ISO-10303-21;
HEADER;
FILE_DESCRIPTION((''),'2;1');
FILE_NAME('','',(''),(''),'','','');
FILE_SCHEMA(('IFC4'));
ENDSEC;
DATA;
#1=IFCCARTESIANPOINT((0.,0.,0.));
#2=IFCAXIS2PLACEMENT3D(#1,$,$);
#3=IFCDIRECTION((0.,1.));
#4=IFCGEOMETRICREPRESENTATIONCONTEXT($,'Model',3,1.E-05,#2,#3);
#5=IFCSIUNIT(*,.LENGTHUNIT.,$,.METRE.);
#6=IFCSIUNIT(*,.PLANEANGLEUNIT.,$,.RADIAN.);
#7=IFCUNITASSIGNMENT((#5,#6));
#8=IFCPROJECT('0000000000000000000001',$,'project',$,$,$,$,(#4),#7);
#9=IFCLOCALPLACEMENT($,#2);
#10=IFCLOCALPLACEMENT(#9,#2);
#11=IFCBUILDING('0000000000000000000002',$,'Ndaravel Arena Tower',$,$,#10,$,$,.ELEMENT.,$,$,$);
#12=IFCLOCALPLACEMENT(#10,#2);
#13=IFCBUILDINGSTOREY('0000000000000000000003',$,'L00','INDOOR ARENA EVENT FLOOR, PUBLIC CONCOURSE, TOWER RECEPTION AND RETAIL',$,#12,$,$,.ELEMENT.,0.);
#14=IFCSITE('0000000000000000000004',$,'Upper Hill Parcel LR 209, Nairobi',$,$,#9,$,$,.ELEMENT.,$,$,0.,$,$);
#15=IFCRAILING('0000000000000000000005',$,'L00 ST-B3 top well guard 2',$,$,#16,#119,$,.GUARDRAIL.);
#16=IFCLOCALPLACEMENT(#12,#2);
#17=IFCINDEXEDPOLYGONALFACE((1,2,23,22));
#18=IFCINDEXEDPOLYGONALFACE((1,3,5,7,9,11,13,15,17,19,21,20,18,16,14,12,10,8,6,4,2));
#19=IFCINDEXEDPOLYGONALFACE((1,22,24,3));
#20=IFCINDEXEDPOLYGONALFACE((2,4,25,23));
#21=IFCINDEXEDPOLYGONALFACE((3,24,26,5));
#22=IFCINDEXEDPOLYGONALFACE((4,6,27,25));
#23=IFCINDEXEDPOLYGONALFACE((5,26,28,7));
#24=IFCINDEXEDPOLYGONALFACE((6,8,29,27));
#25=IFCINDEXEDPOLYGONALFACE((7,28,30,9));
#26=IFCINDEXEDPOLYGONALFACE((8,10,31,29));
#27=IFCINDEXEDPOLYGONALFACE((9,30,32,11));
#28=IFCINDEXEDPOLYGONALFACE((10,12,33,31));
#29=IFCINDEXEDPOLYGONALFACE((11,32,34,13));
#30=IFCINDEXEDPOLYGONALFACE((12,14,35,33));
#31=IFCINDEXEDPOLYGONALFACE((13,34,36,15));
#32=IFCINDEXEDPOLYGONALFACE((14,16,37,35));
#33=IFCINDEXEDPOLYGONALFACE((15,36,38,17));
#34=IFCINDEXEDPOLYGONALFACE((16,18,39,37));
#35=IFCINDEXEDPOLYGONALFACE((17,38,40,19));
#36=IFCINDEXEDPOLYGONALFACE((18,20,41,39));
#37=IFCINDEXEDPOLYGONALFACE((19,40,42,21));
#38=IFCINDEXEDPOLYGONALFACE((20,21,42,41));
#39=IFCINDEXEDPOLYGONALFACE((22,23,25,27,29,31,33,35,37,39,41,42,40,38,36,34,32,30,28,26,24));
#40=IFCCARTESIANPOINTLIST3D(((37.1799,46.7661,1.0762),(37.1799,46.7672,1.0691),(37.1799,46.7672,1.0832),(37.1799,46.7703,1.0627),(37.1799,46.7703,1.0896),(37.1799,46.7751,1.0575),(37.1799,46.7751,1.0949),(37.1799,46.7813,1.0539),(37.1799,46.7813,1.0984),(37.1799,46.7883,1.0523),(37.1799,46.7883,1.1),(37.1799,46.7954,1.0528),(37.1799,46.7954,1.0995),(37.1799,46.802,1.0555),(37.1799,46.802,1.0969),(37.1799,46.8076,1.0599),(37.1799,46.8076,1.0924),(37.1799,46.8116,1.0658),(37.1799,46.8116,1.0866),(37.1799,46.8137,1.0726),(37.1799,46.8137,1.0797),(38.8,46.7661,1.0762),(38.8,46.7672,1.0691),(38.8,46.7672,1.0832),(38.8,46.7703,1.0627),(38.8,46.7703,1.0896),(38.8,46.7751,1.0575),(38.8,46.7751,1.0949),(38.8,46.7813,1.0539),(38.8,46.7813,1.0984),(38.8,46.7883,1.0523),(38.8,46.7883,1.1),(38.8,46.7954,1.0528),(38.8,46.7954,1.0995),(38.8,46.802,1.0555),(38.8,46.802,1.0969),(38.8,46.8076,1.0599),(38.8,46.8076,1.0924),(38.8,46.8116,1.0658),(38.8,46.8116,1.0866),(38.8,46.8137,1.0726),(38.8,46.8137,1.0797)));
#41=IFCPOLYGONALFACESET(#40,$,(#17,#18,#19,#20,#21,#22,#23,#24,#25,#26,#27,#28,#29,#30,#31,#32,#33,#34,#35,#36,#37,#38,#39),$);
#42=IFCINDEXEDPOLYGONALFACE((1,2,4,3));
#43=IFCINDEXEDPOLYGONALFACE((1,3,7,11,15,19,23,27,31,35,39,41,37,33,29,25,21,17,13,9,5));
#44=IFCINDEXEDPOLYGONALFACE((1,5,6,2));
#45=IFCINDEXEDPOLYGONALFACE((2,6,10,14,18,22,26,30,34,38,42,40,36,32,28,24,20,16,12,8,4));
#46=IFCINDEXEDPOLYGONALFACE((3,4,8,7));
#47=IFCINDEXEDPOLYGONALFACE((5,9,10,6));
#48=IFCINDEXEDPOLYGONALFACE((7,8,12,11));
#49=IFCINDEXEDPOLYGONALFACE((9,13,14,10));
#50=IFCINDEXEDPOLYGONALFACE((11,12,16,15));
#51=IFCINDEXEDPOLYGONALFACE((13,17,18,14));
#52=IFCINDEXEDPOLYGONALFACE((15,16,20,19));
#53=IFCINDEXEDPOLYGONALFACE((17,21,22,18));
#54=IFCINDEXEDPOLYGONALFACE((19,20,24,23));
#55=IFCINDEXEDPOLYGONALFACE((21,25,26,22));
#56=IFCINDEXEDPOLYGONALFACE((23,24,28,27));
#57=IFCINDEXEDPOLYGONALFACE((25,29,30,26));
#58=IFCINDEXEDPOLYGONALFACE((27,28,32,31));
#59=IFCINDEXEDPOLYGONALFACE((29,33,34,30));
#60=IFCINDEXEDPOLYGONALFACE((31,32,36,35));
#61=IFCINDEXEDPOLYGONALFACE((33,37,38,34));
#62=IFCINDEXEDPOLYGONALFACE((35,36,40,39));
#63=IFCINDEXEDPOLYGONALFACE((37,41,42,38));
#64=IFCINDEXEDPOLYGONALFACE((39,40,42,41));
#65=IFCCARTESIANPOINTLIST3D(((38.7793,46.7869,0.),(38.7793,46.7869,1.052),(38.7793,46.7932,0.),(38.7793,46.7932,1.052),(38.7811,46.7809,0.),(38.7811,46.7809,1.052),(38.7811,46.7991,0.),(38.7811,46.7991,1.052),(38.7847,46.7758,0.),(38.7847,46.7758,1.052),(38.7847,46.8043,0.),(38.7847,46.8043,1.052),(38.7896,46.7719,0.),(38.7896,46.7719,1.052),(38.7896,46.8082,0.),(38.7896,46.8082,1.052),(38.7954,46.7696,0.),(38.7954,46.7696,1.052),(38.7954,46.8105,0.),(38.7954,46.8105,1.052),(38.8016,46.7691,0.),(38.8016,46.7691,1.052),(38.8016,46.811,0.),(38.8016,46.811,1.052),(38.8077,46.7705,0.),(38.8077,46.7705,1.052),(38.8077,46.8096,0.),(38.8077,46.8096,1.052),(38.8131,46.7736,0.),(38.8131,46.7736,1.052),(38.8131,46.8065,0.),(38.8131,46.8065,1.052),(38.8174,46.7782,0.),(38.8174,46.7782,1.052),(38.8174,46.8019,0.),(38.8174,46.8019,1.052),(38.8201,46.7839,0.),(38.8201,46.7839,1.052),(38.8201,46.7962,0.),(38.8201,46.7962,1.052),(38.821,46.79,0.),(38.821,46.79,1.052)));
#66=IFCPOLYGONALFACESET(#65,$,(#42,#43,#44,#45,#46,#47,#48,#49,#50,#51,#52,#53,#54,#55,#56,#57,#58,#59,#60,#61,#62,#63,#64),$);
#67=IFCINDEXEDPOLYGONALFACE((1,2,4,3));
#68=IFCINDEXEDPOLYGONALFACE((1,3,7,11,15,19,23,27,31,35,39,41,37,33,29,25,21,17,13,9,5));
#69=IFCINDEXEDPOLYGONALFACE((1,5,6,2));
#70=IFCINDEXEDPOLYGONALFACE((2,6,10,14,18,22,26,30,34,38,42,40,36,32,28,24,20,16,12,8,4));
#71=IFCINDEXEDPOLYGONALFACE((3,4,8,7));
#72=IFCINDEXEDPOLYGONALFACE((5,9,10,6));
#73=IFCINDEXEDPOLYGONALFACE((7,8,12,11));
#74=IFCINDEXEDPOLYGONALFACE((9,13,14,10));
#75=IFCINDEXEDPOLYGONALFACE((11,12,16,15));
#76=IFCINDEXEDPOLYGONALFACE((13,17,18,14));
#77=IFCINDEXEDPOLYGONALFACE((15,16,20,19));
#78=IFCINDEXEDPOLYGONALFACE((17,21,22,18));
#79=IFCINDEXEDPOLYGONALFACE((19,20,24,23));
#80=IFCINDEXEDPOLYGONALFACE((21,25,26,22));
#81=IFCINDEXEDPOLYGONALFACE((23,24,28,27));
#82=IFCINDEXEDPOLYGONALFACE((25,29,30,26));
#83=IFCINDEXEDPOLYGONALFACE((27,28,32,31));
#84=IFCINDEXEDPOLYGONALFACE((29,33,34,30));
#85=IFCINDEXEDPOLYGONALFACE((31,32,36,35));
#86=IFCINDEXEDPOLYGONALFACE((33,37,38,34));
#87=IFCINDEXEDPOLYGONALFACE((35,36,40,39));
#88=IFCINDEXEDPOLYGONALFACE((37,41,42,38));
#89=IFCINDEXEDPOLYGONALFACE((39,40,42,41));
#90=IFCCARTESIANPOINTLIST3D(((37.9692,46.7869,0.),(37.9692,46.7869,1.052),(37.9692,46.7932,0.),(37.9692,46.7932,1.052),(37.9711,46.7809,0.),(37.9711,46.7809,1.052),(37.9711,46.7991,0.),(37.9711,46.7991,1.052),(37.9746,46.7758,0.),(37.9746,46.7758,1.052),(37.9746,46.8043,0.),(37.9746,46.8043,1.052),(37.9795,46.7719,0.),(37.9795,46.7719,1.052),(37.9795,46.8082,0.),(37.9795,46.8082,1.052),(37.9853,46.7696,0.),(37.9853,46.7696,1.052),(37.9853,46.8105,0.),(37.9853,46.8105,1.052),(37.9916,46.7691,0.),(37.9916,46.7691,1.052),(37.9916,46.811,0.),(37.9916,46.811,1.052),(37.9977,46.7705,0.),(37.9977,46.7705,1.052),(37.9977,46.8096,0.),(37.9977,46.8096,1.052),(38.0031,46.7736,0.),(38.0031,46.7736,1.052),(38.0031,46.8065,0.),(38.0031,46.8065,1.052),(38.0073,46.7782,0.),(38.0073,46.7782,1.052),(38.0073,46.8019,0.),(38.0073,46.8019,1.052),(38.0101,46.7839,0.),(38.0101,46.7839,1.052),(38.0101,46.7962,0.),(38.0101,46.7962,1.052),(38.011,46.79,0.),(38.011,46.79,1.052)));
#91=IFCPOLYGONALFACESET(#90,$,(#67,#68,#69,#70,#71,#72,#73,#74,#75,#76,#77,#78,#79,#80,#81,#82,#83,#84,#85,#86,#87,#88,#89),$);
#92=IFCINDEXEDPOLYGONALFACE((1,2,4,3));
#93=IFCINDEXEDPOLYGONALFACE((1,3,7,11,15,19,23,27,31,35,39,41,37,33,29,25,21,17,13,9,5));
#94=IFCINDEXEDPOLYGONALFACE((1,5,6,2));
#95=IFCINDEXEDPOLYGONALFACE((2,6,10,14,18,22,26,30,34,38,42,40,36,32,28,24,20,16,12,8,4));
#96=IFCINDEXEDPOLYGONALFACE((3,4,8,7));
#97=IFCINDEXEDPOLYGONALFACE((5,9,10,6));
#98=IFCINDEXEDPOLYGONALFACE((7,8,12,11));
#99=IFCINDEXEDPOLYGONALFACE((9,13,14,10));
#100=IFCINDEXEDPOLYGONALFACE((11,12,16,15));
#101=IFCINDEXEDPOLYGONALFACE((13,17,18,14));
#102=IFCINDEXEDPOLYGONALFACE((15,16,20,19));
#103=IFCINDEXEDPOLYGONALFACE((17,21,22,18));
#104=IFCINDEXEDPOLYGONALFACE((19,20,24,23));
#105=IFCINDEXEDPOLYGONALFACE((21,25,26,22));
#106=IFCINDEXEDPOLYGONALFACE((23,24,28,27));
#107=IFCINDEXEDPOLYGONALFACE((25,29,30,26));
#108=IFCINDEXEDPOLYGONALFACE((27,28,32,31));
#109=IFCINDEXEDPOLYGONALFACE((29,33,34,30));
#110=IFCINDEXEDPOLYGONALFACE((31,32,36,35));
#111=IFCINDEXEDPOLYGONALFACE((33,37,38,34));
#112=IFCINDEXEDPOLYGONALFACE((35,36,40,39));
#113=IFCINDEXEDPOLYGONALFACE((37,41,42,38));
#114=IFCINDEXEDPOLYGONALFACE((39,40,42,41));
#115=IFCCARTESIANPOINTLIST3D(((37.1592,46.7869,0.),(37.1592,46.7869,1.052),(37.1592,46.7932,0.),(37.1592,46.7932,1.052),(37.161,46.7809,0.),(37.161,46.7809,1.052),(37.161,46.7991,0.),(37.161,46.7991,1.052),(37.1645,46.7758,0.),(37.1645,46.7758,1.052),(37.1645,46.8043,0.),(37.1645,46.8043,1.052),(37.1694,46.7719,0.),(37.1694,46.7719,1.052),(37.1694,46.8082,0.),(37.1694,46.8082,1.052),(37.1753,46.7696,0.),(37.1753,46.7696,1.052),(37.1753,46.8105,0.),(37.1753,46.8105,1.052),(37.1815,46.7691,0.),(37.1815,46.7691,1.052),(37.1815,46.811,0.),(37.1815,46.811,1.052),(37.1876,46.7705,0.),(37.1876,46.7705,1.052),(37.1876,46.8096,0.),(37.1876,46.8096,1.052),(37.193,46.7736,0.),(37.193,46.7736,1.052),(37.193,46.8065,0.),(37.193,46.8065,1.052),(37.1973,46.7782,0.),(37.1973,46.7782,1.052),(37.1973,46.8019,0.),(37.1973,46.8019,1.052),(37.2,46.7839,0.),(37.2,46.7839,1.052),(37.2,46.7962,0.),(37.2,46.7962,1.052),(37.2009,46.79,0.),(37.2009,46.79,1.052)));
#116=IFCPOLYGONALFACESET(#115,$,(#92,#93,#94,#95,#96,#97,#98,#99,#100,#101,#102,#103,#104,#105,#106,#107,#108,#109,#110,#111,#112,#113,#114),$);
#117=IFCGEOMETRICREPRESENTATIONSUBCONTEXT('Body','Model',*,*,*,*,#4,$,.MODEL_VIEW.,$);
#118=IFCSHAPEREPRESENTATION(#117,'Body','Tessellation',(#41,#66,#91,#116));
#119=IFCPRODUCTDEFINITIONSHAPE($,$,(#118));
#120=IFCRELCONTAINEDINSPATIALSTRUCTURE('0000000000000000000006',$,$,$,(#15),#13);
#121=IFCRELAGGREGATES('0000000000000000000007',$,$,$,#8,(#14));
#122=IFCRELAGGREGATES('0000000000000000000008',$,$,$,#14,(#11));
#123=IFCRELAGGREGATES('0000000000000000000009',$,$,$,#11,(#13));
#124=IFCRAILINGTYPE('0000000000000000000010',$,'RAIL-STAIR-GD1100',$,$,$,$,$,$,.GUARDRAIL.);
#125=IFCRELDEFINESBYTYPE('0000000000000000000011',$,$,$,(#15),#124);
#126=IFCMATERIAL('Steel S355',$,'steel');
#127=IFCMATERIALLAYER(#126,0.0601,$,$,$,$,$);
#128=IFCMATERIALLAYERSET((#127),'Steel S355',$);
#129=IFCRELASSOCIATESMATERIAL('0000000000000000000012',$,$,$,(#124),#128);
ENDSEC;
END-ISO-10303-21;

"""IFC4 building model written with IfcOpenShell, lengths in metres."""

from ifc_helpers import new_model, si_unit, direction, frame, origin, origin_2d, place, context, subcontext, project, spatial, circle, extrude, material, layer, layer_set, type_object, element, save


model = new_model("IFC4")

# Units and contexts
model_context = context("Model", 3, precision=1e-05, world=origin(), true_north=direction((0.0, 1.0)))
body_context = subcontext(model_context, "Body", "Model", "MODEL_VIEW")
ifc_project = project(units=[si_unit("LENGTHUNIT", "METRE"), si_unit("PLANEANGLEUNIT", "RADIAN")], contexts=[model_context])

# Site, building, storey
site_placement = place(None, origin())
site = spatial("IfcSite", under=ifc_project, at=site_placement, Name="Upper Hill Parcel LR 209, Nairobi", CompositionType="ELEMENT", RefElevation=0.0)
building_placement = place(site_placement, origin())
building = spatial("IfcBuilding", under=site, at=building_placement, Name="Ndaravel Arena Tower", CompositionType="ELEMENT")
storey_placement = place(building_placement, origin())
storey = spatial("IfcBuildingStorey", under=building, at=storey_placement, Name="L00", Description="INDOOR ARENA EVENT FLOOR, PUBLIC CONCOURSE, TOWER RECEPTION AND RETAIL", CompositionType="ELEMENT", Elevation=0.0)

# Railing
ifc_material_1 = material(Name="Steel S355", Category="steel")
ifc_layer_1 = layer(ifc_material_1, 0.0601)
ifc_layer_set_1 = layer_set([ifc_layer_1], Name="Steel S355")
railing_type = type_object("IfcRailingType", Name="RAIL-STAIR-GD1100", PredefinedType="GUARDRAIL", material=ifc_layer_set_1)
for number, where, name in (
    (1, (38.8, 46.79, 0.0), "L00 ST-B3 top well guard 2"),
):
    element("IfcRailing", number, at=place(storey_placement, frame(where)), inside=storey, type_object=railing_type, Name=name, PredefinedType="GUARDRAIL", context=body_context, shape_type="SweptSolid", body=[
        extrude(circle(Radius=0.0239, at=origin_2d()), frame((0.0, 0.0, 1.0762), z_axis=(-1.0, 0.0, 0.0), x_axis=(0.0, -1.0, 0.0)), (0.0, 0.0, 1.0), 1.6201),
        extrude(circle(Radius=0.021, at=origin_2d()), origin(), (0.0, 0.0, 1.0), 1.052),
        extrude(circle(Radius=0.021, at=origin_2d()), frame((-0.8101, 0.0, 0.0)), (0.0, 0.0, 1.0), 1.052),
        extrude(circle(Radius=0.021, at=origin_2d()), frame((-1.6201, 0.0, 0.0)), (0.0, 0.0, 1.0), 1.052),
    ])

save(model, "model.ifc")
